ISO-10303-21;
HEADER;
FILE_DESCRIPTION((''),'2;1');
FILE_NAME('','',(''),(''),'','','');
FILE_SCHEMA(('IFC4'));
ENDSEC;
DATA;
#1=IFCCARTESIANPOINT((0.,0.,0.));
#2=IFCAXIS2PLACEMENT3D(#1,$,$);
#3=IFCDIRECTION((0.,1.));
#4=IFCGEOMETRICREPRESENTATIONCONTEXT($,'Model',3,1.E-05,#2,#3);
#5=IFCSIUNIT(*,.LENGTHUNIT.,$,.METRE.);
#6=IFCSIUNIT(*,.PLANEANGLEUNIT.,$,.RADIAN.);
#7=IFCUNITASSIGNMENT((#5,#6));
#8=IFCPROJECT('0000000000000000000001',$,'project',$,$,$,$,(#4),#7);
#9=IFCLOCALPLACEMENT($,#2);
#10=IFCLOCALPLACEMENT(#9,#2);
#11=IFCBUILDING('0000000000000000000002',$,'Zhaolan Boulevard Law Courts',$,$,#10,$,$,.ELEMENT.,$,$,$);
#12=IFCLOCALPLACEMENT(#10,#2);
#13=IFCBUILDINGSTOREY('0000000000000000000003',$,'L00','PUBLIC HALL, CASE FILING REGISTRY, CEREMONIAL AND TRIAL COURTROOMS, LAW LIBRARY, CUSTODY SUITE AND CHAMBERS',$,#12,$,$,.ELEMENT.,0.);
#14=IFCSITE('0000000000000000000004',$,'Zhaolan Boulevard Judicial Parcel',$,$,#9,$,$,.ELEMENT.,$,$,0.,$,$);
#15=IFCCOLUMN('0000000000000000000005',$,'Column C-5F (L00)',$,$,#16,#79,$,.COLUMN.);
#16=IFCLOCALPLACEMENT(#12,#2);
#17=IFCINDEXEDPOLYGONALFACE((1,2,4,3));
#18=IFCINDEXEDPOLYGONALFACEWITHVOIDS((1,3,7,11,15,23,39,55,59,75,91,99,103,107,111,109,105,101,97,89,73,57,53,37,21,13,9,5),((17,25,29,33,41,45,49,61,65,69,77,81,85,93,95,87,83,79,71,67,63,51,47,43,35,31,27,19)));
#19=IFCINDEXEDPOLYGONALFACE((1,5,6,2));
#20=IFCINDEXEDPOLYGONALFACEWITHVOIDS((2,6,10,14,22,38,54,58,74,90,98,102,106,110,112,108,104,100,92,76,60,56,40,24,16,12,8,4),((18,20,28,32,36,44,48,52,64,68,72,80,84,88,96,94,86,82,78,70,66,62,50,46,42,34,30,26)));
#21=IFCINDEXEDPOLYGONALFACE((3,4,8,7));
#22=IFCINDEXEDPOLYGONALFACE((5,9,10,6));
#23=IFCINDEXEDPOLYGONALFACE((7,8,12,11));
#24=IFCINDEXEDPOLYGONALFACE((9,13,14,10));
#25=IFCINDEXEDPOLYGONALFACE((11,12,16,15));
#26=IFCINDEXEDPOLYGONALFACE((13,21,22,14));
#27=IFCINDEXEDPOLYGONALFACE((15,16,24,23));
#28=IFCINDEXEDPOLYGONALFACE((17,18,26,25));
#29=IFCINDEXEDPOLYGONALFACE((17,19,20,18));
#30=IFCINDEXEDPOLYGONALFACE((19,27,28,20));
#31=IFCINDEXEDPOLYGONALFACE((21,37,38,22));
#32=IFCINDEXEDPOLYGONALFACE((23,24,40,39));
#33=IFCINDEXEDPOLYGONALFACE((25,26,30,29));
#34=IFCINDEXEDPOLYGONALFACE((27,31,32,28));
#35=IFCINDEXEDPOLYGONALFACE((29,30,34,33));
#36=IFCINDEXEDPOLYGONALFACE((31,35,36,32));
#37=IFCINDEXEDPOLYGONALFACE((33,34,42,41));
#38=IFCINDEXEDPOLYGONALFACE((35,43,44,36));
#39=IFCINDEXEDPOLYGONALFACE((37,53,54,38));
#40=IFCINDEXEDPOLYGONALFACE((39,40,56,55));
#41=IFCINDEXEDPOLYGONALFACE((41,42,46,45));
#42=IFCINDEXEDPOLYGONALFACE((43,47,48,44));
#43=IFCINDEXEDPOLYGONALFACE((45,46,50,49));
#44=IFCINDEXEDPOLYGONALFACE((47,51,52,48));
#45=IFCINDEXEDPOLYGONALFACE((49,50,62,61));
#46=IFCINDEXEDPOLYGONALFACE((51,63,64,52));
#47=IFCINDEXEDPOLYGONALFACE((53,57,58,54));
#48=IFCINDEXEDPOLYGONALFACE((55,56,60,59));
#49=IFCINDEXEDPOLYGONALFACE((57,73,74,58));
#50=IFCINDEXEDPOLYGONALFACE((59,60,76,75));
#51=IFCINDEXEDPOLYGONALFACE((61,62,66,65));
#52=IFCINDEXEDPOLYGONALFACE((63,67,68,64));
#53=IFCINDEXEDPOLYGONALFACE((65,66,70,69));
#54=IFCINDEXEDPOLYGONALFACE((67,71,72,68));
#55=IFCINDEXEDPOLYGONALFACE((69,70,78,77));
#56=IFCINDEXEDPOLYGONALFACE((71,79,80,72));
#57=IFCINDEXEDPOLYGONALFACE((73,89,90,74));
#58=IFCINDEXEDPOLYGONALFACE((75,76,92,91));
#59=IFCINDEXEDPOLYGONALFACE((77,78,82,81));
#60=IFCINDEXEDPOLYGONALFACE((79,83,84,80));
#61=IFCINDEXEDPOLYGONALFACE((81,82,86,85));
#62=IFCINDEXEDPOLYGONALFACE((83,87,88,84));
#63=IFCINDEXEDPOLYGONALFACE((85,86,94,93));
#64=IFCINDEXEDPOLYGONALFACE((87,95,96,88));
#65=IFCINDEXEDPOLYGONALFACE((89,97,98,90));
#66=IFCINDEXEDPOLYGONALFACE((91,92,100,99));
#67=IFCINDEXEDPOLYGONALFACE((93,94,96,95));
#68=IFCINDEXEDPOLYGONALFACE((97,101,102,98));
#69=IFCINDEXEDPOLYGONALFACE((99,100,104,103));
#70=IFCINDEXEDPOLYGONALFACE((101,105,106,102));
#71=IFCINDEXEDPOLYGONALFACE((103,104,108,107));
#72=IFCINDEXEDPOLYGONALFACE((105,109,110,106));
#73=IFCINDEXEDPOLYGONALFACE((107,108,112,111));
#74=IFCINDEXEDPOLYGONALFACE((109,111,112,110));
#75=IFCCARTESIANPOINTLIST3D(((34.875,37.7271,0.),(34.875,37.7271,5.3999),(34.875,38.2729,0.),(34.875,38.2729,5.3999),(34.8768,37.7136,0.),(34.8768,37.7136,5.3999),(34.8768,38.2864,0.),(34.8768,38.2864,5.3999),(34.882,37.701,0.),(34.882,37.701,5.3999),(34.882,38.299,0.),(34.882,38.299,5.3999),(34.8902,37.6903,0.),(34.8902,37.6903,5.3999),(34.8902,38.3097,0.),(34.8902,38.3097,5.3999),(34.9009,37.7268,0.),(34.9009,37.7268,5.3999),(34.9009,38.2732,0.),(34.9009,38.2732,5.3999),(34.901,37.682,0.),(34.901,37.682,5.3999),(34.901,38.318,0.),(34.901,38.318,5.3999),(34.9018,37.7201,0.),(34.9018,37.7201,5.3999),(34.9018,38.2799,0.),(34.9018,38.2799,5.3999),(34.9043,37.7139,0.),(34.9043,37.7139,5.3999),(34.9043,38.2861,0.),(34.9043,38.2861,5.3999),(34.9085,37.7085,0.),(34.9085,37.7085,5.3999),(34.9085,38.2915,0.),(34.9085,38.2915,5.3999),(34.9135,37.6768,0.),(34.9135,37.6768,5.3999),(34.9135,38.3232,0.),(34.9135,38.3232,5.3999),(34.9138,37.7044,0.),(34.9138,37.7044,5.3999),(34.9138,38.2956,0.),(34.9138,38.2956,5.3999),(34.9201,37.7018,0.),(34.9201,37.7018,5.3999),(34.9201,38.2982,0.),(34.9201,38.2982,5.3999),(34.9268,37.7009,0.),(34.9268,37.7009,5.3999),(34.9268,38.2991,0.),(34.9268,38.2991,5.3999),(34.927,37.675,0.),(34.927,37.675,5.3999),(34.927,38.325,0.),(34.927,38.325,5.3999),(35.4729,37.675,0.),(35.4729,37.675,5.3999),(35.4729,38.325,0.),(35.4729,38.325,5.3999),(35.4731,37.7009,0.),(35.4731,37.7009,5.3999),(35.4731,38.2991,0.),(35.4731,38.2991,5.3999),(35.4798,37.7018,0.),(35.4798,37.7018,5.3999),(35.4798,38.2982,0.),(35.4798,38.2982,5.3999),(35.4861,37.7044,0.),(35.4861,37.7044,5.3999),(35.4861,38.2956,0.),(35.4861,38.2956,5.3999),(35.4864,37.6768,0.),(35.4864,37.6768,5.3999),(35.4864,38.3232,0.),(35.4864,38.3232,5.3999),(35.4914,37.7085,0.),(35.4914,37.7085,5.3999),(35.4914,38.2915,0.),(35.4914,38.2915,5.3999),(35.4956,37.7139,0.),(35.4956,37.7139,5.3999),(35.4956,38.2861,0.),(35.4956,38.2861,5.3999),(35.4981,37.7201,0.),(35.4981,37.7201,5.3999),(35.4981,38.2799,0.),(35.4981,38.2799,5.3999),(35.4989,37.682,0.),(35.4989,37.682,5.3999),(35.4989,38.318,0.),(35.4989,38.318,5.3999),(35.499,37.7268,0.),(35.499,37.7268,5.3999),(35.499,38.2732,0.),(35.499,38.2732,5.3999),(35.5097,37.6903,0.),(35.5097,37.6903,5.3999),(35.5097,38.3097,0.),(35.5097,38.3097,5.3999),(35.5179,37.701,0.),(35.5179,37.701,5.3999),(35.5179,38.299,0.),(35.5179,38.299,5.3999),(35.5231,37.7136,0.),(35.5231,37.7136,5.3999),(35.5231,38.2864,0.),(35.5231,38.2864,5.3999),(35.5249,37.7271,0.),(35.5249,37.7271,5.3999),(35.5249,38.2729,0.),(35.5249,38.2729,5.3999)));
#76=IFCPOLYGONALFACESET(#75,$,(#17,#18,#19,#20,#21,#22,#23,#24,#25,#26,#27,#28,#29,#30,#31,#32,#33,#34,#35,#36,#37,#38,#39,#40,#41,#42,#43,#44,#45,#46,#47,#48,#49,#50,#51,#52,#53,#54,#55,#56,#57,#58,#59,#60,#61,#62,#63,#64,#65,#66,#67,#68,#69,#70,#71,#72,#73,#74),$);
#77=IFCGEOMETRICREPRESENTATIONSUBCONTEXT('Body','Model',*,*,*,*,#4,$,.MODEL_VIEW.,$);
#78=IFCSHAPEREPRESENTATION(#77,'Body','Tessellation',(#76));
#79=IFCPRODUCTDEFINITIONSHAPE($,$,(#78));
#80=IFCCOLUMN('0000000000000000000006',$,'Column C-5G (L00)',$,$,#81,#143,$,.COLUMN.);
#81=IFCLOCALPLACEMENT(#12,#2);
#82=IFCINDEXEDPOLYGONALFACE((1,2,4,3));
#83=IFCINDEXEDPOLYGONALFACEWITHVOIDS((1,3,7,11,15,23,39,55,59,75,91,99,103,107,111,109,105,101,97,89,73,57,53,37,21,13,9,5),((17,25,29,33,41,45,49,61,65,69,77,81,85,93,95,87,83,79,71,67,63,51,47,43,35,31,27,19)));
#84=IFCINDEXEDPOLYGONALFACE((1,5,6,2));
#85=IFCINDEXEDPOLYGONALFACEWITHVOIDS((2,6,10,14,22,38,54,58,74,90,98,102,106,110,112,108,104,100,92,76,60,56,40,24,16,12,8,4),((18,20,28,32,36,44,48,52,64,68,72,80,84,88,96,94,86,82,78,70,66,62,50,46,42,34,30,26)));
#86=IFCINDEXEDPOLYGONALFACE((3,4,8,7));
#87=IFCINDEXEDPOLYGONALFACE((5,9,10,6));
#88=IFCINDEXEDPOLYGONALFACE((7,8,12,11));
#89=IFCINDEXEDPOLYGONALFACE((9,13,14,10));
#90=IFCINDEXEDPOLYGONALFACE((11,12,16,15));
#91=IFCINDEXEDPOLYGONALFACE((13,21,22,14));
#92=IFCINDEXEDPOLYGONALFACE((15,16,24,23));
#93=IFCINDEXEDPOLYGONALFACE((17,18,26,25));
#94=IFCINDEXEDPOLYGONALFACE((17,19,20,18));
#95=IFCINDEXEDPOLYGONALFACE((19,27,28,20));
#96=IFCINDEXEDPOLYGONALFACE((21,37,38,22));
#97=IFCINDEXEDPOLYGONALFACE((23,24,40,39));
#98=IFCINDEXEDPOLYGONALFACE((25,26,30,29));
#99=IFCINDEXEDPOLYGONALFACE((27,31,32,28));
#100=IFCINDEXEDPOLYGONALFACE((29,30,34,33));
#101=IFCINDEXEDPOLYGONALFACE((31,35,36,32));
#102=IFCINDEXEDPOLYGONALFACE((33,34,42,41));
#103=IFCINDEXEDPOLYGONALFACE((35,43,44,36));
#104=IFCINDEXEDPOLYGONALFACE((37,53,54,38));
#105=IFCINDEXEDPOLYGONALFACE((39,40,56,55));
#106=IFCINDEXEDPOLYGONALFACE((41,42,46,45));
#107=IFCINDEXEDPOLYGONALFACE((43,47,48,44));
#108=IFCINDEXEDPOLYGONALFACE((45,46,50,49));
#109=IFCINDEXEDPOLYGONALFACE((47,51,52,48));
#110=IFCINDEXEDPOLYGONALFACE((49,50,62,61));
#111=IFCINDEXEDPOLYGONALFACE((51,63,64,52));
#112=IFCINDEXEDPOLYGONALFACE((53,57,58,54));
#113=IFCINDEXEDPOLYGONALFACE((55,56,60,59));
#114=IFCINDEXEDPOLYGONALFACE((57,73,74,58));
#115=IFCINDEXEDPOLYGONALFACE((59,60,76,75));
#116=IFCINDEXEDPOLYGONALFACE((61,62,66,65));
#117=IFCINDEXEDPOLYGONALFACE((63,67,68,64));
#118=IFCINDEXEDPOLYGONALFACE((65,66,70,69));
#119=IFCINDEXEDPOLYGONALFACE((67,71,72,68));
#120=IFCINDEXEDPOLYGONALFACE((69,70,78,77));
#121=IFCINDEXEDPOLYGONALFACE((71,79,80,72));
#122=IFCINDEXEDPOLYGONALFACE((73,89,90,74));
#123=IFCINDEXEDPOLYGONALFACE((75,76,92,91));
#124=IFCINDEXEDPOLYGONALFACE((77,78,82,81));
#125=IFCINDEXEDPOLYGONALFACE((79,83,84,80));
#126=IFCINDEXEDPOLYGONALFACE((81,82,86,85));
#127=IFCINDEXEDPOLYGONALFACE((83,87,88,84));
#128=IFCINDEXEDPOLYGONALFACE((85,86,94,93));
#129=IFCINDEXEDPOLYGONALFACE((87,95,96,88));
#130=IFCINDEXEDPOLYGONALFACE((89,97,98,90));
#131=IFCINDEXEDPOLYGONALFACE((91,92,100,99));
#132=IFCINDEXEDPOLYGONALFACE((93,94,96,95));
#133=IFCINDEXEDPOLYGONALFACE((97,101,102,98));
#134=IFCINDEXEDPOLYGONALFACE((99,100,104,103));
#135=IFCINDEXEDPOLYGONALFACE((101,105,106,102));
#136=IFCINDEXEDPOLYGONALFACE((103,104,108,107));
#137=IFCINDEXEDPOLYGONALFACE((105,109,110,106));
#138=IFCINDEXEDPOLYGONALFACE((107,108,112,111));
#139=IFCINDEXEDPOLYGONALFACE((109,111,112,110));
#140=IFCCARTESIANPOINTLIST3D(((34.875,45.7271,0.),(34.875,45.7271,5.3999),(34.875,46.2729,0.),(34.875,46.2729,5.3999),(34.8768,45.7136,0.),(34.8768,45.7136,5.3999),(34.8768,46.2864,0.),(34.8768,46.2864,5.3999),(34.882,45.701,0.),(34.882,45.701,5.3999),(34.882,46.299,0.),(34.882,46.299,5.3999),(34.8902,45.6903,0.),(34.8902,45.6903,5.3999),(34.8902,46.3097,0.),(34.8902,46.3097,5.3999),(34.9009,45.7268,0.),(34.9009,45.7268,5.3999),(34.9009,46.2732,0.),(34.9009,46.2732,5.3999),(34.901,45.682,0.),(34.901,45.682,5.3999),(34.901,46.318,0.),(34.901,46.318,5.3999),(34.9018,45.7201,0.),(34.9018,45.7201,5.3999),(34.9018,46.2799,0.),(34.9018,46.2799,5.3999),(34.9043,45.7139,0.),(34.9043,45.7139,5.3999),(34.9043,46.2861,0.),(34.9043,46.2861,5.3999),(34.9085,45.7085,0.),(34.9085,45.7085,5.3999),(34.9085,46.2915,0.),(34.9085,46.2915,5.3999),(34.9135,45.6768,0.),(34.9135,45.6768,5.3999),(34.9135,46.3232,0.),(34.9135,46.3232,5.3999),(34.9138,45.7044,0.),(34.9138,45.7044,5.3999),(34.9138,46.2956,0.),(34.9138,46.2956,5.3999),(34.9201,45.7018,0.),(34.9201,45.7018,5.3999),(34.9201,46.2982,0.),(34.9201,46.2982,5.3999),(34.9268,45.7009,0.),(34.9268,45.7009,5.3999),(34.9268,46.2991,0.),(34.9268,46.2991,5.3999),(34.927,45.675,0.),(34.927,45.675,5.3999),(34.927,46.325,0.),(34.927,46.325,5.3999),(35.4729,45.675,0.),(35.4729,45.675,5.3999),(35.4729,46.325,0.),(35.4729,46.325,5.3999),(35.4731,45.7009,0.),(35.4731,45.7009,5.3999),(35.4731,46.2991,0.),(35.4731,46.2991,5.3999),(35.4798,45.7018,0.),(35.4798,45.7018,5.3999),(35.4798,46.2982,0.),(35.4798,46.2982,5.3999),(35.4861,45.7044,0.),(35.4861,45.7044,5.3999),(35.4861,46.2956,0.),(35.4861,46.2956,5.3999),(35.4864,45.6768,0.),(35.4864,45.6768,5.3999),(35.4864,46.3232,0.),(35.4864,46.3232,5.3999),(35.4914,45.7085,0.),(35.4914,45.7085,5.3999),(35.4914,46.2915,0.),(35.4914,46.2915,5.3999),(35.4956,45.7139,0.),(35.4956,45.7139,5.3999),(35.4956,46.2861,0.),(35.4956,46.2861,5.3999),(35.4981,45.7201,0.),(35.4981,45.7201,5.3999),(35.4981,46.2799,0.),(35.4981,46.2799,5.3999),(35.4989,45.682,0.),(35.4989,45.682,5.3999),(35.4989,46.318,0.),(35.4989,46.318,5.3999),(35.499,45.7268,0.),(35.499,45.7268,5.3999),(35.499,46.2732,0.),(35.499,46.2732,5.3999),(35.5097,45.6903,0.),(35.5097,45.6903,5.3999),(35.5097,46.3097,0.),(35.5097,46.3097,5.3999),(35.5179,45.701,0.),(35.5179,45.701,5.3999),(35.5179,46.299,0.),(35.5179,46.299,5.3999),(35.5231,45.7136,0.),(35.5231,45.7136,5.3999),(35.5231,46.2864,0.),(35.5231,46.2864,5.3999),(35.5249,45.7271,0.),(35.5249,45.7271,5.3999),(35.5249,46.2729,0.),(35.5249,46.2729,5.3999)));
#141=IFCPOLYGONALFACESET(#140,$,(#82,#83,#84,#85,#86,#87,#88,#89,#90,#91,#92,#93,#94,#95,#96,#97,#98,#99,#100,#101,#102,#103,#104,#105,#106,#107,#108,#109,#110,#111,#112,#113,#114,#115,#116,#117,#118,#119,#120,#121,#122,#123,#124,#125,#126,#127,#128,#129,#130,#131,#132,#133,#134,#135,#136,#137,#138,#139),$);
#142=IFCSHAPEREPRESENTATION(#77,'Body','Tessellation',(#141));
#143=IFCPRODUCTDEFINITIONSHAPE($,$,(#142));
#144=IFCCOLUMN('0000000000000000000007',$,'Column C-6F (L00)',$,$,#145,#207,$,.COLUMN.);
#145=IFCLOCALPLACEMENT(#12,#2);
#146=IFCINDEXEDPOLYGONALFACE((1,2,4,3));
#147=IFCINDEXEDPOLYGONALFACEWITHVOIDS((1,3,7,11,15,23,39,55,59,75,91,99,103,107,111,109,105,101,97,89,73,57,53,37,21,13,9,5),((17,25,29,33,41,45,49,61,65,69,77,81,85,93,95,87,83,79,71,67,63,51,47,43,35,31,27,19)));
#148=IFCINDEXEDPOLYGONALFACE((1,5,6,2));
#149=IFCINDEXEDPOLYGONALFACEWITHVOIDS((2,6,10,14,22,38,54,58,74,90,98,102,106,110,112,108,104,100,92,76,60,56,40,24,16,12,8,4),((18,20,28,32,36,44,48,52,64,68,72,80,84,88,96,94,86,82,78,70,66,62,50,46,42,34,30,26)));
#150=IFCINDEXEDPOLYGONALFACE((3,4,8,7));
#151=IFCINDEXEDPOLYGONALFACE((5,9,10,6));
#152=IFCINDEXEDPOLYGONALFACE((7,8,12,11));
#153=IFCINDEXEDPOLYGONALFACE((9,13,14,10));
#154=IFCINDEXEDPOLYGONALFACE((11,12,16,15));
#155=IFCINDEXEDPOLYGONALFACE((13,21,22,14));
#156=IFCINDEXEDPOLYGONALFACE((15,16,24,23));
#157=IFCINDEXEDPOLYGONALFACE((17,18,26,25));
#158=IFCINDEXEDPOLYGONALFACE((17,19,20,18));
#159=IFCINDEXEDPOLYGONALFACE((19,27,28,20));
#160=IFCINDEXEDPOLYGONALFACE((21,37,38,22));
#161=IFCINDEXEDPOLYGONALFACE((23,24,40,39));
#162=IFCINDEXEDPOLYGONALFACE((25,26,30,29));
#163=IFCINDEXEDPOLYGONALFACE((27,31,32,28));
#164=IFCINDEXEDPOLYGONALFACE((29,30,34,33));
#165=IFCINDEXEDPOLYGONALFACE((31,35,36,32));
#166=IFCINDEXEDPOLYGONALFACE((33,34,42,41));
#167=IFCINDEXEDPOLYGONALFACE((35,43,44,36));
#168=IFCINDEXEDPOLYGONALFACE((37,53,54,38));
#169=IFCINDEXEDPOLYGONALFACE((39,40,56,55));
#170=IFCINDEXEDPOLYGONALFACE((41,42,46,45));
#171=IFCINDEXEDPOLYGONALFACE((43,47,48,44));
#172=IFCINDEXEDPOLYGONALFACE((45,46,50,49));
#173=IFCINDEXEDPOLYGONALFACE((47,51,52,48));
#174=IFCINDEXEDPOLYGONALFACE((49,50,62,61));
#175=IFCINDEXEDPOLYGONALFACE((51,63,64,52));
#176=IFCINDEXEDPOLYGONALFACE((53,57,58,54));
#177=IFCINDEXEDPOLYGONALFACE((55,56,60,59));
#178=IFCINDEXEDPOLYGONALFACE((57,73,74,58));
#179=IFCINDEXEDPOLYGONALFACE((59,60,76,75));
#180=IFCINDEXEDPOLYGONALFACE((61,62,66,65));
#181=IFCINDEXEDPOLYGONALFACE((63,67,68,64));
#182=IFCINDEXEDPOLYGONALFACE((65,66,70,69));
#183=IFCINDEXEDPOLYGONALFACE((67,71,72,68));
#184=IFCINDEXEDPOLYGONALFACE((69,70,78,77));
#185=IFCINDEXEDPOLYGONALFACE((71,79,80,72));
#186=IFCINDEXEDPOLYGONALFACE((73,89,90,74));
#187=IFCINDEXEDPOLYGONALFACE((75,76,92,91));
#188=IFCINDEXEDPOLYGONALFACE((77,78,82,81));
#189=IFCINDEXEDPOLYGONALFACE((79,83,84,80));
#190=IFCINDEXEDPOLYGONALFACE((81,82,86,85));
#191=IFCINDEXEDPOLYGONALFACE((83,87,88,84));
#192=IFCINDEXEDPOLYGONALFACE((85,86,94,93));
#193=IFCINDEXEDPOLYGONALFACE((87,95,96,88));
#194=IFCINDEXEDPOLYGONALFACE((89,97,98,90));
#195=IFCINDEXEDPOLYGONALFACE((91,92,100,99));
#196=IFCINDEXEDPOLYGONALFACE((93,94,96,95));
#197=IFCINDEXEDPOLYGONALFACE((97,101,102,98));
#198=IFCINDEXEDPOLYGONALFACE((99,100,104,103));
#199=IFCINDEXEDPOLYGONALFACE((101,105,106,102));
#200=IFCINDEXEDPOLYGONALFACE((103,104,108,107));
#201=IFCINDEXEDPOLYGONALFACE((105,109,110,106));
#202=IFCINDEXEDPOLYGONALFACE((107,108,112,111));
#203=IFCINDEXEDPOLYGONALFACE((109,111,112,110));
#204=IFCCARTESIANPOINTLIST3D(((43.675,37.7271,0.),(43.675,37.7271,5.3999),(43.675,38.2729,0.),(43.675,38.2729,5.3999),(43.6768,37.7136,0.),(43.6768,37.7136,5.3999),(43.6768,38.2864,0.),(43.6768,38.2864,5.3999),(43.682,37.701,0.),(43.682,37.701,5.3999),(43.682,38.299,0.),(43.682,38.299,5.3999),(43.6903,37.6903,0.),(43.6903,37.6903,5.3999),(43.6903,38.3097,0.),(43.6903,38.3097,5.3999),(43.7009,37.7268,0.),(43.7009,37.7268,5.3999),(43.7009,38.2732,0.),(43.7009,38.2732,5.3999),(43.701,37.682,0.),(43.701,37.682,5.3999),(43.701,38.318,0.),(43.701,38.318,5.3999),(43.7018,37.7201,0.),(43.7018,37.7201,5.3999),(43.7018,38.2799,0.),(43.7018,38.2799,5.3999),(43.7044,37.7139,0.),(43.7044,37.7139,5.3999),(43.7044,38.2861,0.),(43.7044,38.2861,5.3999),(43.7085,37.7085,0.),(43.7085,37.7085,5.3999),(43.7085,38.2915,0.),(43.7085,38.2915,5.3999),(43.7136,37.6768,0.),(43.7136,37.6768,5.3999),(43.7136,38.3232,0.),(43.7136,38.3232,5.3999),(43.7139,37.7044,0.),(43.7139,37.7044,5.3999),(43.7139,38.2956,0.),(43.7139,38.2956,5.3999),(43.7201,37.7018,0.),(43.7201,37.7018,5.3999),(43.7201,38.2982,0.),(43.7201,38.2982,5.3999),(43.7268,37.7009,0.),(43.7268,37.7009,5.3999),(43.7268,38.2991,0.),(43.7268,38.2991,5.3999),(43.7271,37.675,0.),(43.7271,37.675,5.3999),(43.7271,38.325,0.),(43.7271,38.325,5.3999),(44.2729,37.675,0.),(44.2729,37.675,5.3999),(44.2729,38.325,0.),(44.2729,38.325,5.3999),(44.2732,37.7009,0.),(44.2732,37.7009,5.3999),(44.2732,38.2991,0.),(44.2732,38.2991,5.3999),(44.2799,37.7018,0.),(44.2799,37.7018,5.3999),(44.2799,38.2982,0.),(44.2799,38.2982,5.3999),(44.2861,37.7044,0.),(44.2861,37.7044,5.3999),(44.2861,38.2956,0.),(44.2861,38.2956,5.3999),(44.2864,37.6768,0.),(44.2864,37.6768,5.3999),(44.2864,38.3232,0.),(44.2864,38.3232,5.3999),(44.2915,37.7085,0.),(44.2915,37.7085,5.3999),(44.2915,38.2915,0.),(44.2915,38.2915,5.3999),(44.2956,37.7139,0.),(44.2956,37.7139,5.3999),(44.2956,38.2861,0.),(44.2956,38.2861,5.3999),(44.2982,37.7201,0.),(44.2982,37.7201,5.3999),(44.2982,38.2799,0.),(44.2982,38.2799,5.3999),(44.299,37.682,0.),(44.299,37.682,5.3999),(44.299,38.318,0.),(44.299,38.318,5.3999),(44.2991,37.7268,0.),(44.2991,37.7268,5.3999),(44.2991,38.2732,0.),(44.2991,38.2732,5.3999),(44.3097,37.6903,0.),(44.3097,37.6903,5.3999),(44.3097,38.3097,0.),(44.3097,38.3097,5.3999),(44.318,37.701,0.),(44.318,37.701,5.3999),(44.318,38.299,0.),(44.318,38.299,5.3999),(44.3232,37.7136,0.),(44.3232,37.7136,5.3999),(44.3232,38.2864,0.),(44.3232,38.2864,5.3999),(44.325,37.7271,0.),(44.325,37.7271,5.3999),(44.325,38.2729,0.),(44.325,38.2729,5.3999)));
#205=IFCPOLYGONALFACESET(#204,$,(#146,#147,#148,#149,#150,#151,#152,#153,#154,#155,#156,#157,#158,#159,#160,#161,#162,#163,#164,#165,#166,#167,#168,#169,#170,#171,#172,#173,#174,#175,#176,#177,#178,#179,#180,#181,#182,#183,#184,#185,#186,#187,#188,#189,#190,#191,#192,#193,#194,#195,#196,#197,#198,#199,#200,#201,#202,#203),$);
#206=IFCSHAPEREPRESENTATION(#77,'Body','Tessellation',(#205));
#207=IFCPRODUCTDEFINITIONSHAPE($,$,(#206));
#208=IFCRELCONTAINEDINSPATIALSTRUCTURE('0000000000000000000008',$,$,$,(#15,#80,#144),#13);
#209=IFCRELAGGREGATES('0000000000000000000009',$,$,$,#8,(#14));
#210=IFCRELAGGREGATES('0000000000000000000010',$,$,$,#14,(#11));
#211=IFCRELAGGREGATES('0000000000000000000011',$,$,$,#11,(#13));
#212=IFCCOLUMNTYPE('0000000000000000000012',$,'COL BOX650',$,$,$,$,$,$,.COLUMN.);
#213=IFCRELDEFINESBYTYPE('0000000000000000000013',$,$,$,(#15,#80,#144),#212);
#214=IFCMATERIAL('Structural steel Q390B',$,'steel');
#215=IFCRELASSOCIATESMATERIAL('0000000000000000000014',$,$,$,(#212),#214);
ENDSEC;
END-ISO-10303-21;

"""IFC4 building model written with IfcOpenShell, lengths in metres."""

from ifc_helpers import new_model, si_unit, direction, frame, origin, origin_2d, place, context, subcontext, project, spatial, hollow_rectangle, extrude, material, material_profile, profile_set, type_object, element, save


model = new_model("IFC4")

# Units and contexts
model_context = context("Model", 3, precision=1e-05, world=origin(), true_north=direction((0.0, 1.0)))
body_context = subcontext(model_context, "Body", "Model", "MODEL_VIEW")
ifc_project = project(units=[si_unit("LENGTHUNIT", "METRE"), si_unit("PLANEANGLEUNIT", "RADIAN")], contexts=[model_context])

# Site, building, storey
site_placement = place(None, origin())
site = spatial("IfcSite", under=ifc_project, at=site_placement, Name="Zhaolan Boulevard Judicial Parcel", CompositionType="ELEMENT", RefElevation=0.0)
building_placement = place(site_placement, origin())
building = spatial("IfcBuilding", under=site, at=building_placement, Name="Zhaolan Boulevard Law Courts", CompositionType="ELEMENT")
storey_placement = place(building_placement, origin())
storey = spatial("IfcBuildingStorey", under=building, at=storey_placement, Name="L00", Description="PUBLIC HALL, CASE FILING REGISTRY, CEREMONIAL AND TRIAL COURTROOMS, LAW LIBRARY, CUSTODY SUITE AND CHAMBERS", CompositionType="ELEMENT", Elevation=0.0)

# Columns
ifc_material_1 = material(Name="Structural steel Q390B", Category="steel")
ifc_material_profile_1 = material_profile(ifc_material_1, hollow_rectangle(XDim=0.6499, YDim=0.6499, WallThickness=0.0259, InnerFilletRadius=0.0259, OuterFilletRadius=0.052, at=origin_2d()), Name="BOX650x650x26")
ifc_profile_set_1 = profile_set([ifc_material_profile_1], Name="Structural steel Q390B")
column_type = type_object("IfcColumnType", Name="COL BOX650", PredefinedType="COLUMN", material=ifc_profile_set_1)
for number, where, z_axis, x_axis, name in (
    (1, (35.2, 38.0, 0.0), (0.0, 0.0, 1.0), (1.0, 0.0, 0.0), "Column C-5F (L00)"),
    (2, (35.2, 46.0, 0.0), (0.0, 0.0, 1.0), (1.0, 0.0, 0.0), "Column C-5G (L00)"),
    (3, (44.0, 38.0, 0.0), (0.0, 0.0, 1.0), (1.0, 0.0, 0.0), "Column C-6F (L00)"),
):
    element("IfcColumn", number, at=place(storey_placement, frame(where, z_axis=z_axis, x_axis=x_axis)), inside=storey, type_object=column_type, Name=name, PredefinedType="COLUMN", context=body_context, shape_type="SweptSolid", body=[
        extrude(hollow_rectangle(XDim=0.6499, YDim=0.6499, WallThickness=0.0259, InnerFilletRadius=0.0259, OuterFilletRadius=0.052, at=origin_2d()), origin(), (0.0, 0.0, 1.0), 5.3999),
    ])

save(model, "model.ifc")
